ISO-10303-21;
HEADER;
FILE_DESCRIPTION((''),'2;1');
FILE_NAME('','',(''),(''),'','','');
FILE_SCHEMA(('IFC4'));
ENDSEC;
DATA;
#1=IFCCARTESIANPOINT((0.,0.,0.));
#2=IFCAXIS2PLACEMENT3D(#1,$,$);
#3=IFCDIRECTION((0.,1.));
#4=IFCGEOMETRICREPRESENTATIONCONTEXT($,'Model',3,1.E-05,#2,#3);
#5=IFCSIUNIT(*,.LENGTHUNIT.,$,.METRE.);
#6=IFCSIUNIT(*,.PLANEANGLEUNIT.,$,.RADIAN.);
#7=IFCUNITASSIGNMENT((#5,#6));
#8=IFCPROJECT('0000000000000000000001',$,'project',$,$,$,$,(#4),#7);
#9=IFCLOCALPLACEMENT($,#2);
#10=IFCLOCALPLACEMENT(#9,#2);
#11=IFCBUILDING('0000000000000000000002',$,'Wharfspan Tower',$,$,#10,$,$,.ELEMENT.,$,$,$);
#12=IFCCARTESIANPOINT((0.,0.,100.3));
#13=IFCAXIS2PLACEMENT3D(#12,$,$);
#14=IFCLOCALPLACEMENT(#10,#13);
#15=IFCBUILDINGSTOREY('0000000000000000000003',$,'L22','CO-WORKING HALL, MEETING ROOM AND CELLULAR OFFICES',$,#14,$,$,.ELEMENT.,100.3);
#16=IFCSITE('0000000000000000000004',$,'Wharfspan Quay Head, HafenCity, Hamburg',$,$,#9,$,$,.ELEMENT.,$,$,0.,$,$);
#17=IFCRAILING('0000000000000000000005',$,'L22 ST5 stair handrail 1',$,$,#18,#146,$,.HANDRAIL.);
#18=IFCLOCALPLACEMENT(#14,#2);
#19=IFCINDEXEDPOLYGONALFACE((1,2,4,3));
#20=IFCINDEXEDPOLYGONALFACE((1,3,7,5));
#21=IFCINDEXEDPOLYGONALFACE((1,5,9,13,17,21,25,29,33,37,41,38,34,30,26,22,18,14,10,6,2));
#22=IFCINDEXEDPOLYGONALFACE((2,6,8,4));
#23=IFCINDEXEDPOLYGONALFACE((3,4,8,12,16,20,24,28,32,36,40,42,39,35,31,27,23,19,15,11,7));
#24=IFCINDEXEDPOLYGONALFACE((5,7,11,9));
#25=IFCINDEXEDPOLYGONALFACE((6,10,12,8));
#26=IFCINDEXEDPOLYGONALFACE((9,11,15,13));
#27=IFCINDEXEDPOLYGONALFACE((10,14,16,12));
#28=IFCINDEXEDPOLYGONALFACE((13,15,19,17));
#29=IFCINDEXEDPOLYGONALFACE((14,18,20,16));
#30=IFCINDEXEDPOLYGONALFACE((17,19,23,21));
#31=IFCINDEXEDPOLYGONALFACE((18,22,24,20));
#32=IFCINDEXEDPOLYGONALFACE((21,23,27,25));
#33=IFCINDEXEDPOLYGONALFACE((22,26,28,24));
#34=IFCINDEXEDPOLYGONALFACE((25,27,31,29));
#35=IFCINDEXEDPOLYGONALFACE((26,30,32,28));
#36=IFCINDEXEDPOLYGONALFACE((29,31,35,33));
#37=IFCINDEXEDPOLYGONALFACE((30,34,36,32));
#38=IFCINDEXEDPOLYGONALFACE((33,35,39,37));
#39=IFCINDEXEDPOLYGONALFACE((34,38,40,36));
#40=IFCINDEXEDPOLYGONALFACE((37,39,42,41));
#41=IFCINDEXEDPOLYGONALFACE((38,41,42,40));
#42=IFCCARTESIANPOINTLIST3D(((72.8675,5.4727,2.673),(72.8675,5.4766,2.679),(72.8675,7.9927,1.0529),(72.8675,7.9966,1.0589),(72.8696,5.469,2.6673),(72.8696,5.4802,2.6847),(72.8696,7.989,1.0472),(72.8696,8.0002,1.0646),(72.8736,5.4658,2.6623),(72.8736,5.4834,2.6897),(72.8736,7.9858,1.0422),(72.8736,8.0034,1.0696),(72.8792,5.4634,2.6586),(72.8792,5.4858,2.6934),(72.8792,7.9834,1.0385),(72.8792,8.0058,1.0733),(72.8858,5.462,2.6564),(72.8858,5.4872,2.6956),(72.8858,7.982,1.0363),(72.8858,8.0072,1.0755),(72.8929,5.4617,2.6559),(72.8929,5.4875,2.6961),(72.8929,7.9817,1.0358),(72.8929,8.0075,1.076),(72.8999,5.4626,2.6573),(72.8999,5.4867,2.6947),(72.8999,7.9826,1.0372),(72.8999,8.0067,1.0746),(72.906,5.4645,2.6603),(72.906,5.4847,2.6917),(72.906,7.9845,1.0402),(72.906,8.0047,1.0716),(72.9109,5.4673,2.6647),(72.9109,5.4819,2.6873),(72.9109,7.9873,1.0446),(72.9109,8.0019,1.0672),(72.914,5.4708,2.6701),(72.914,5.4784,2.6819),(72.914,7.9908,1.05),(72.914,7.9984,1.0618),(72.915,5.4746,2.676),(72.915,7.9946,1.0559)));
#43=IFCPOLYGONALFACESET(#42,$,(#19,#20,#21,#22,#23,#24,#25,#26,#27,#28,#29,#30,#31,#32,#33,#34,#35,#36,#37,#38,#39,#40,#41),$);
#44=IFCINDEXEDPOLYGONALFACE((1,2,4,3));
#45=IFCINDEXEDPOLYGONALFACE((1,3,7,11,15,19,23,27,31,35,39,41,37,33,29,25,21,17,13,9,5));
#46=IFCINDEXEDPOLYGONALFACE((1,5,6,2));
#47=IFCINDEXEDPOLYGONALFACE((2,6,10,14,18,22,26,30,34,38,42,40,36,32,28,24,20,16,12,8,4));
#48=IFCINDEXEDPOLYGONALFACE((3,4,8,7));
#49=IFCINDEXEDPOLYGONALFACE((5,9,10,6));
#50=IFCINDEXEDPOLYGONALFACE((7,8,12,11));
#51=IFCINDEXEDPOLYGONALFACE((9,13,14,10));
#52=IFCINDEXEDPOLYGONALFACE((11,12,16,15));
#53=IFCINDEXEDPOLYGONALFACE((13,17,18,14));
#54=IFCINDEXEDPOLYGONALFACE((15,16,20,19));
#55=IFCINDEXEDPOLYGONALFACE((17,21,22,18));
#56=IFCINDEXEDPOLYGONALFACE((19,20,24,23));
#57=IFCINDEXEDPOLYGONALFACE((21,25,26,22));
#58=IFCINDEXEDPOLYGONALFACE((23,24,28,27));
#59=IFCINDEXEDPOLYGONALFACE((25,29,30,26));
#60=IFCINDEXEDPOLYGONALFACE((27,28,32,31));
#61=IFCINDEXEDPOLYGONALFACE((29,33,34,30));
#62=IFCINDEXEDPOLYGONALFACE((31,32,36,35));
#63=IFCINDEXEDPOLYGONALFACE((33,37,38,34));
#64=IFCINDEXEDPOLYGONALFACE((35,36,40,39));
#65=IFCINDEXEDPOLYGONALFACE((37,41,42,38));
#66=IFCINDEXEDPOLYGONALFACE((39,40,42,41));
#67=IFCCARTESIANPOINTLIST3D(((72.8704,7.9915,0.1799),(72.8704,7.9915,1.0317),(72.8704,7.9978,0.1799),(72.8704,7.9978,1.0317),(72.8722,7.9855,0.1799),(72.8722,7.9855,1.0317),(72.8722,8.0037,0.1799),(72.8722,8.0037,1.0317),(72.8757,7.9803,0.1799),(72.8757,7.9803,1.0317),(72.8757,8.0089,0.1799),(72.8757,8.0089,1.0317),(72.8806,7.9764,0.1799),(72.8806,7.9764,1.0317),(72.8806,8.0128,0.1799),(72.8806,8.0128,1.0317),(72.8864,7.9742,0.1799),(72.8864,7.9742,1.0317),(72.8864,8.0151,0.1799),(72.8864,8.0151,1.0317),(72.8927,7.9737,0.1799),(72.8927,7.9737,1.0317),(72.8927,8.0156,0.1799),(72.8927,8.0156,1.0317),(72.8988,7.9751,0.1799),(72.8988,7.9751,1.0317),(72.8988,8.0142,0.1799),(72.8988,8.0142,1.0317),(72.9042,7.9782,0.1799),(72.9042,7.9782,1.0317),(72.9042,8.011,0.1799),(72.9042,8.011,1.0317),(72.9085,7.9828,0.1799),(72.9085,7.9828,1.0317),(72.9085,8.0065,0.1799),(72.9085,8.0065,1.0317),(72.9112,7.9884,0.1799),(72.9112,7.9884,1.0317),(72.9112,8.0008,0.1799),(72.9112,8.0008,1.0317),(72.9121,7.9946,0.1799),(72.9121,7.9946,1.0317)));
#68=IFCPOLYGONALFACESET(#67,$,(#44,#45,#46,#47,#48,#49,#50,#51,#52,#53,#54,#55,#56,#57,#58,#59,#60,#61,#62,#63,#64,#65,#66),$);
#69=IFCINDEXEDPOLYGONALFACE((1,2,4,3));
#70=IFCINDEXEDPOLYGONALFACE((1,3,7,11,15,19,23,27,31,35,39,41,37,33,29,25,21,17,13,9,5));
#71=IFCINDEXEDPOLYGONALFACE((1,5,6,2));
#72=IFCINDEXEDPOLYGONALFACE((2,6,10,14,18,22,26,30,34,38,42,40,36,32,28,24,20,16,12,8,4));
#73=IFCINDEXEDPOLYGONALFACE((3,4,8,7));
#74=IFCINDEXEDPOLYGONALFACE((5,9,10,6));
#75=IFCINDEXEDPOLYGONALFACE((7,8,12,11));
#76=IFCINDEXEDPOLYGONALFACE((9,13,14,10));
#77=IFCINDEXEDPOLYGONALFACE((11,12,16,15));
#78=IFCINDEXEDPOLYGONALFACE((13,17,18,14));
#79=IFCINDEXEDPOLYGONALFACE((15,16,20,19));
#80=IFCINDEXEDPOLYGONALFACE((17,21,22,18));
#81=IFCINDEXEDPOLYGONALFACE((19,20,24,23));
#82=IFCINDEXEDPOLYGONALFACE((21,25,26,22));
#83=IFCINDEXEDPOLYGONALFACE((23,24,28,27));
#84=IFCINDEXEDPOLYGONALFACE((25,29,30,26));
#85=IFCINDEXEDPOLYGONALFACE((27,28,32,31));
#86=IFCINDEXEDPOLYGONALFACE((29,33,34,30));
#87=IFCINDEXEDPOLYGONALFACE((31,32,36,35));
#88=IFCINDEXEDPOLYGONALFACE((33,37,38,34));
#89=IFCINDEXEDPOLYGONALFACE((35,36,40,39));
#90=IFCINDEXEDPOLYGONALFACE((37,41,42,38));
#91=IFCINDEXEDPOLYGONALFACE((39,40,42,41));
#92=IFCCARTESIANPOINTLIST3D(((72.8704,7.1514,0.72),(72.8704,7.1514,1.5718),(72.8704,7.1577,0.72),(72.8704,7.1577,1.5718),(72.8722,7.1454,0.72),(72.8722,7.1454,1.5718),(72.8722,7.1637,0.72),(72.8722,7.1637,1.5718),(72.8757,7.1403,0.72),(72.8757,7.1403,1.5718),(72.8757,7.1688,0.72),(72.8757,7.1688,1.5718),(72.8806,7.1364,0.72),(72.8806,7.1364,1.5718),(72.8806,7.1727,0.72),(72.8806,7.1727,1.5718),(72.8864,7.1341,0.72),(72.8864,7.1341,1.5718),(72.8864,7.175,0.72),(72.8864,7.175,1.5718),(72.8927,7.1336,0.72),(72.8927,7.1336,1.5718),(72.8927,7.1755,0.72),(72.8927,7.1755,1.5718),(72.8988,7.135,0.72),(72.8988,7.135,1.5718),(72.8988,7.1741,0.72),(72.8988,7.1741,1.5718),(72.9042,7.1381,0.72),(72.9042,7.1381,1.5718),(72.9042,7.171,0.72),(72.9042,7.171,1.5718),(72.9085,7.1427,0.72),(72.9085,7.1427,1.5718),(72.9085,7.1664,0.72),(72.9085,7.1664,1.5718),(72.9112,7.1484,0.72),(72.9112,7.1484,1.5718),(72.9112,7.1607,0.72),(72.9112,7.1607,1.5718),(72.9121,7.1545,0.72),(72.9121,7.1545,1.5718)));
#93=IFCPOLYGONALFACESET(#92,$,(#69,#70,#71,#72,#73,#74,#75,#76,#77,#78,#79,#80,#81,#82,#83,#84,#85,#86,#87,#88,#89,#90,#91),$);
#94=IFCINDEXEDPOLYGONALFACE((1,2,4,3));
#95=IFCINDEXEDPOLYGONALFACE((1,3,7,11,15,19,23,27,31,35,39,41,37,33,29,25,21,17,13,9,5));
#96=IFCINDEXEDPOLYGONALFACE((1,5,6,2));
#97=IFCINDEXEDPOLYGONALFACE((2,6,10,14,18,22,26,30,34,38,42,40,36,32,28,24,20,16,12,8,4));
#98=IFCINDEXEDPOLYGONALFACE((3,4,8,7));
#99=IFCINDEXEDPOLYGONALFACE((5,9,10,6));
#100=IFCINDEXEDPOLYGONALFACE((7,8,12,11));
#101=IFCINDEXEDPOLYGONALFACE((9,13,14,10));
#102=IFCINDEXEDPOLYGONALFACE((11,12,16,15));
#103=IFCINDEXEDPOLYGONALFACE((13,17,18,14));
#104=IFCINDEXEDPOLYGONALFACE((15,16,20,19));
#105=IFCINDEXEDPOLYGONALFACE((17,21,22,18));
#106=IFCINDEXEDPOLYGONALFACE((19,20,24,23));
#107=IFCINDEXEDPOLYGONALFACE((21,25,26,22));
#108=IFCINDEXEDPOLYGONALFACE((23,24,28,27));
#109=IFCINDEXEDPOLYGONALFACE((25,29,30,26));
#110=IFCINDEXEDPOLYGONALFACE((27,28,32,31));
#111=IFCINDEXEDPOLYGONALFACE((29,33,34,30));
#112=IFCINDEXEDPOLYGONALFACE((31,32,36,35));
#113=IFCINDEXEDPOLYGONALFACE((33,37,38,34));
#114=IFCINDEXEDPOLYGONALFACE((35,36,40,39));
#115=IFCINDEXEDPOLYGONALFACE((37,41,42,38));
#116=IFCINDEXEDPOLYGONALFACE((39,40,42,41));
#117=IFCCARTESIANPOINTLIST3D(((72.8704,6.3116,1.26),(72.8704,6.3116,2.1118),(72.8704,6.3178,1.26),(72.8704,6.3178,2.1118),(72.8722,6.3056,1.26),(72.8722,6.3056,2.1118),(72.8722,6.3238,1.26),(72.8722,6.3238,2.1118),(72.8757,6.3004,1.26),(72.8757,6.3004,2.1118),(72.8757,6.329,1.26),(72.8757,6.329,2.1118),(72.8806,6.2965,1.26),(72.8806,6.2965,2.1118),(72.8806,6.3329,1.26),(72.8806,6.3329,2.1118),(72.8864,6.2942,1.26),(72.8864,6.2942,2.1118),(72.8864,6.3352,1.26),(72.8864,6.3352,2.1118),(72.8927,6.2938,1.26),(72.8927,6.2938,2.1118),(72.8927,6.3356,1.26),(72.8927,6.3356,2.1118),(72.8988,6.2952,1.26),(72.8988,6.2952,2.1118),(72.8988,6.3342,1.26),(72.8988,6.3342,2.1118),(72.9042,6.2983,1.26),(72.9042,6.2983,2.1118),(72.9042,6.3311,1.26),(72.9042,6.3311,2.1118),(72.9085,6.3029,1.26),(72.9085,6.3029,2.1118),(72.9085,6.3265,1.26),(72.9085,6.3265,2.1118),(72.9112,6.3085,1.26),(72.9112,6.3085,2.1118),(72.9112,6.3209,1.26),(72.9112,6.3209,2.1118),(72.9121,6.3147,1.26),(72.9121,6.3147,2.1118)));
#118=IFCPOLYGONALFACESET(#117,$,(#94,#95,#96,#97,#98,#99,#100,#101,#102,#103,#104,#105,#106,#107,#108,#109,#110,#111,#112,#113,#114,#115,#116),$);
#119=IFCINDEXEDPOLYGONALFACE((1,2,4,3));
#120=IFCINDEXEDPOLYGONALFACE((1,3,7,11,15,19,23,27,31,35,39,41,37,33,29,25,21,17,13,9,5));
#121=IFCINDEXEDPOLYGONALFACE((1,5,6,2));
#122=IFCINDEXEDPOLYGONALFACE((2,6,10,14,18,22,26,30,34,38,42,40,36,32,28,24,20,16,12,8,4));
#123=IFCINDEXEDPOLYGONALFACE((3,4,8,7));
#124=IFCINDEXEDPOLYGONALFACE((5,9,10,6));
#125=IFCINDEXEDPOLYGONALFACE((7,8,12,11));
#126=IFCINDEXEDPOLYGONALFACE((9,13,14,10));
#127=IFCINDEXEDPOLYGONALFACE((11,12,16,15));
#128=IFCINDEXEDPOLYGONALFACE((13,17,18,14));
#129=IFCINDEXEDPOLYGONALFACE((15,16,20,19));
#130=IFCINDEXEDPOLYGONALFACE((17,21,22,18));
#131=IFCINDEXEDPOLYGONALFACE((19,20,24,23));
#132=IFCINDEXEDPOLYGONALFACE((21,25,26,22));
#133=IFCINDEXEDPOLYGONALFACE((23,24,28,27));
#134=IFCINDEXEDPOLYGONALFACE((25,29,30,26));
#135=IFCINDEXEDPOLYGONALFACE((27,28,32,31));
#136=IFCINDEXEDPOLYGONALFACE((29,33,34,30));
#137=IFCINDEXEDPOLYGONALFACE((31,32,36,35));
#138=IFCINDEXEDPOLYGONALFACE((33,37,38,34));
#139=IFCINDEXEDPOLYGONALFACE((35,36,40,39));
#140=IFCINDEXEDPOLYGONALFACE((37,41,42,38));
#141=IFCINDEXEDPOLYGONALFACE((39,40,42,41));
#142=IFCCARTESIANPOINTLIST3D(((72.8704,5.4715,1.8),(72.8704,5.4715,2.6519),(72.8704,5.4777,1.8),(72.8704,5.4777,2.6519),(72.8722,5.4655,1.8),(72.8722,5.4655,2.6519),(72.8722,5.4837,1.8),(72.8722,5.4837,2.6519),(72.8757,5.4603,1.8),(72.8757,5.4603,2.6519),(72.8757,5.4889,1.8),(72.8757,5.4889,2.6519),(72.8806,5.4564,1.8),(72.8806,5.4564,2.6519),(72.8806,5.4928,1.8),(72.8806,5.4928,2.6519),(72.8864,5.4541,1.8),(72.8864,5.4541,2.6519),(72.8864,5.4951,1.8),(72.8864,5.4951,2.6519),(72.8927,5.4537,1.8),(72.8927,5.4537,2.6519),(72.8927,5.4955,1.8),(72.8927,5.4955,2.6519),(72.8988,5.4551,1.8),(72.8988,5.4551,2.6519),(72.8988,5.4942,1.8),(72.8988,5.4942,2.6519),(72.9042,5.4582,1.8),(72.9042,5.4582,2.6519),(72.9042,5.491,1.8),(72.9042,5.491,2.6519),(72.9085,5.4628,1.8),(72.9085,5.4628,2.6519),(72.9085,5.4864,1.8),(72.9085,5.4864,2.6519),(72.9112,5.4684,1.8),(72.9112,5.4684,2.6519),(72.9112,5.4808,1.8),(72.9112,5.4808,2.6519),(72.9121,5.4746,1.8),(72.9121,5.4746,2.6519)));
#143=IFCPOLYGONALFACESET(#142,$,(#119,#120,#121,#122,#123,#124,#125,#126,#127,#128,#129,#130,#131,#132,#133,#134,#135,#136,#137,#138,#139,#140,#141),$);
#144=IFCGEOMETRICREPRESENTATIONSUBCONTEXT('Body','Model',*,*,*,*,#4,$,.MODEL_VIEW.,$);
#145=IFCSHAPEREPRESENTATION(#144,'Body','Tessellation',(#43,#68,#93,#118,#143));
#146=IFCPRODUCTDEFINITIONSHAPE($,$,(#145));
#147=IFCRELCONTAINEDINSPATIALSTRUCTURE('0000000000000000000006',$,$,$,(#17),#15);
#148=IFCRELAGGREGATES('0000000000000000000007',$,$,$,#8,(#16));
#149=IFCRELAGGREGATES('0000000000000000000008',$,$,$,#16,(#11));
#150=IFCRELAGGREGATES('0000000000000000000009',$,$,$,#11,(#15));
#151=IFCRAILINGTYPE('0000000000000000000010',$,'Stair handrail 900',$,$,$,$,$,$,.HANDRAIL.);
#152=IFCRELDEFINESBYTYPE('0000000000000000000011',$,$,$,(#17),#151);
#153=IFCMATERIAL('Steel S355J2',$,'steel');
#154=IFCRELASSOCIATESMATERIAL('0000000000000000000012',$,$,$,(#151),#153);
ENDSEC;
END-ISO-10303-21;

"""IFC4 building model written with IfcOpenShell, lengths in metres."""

from ifc_helpers import new_model, si_unit, direction, frame, origin, origin_2d, place, context, subcontext, project, spatial, circle, extrude, material, type_object, element, save


model = new_model("IFC4")

# Units and contexts
model_context = context("Model", 3, precision=1e-05, world=origin(), true_north=direction((0.0, 1.0)))
body_context = subcontext(model_context, "Body", "Model", "MODEL_VIEW")
ifc_project = project(units=[si_unit("LENGTHUNIT", "METRE"), si_unit("PLANEANGLEUNIT", "RADIAN")], contexts=[model_context])

# Site, building, storey
site_placement = place(None, origin())
site = spatial("IfcSite", under=ifc_project, at=site_placement, Name="Wharfspan Quay Head, HafenCity, Hamburg", CompositionType="ELEMENT", RefElevation=0.0)
building_placement = place(site_placement, origin())
building = spatial("IfcBuilding", under=site, at=building_placement, Name="Wharfspan Tower", CompositionType="ELEMENT")
storey_placement = place(building_placement, frame((0.0, 0.0, 100.3)))
storey = spatial("IfcBuildingStorey", under=building, at=storey_placement, Name="L22", Description="CO-WORKING HALL, MEETING ROOM AND CELLULAR OFFICES", CompositionType="ELEMENT", Elevation=100.3)

# Shared definitions
ifc_material_1 = material(Name="Steel S355J2", Category="steel")

# Railing
railing_type_1 = type_object("IfcRailingType", Name="Stair handrail 900", PredefinedType="HANDRAIL", material=ifc_material_1)
railing_1_placement = place(storey_placement, frame((72.8911, 7.9946, 0.1799)))
element("IfcRailing", 1, at=railing_1_placement, inside=storey, type_object=railing_type_1, Name="L22 ST5 stair handrail 1", PredefinedType="HANDRAIL", context=body_context, shape_type="SweptSolid", body=[
    extrude(circle(Radius=0.0239, at=origin_2d()), frame((0.0, 0.0, 0.876), z_axis=(0.0, -0.841163, 0.540782), x_axis=(1.0, 0.0, 0.0)), (0.0, 0.0, 1.0), 2.9958),
    extrude(circle(Radius=0.021, at=origin_2d()), origin(), (0.0, 0.0, 1.0), 0.8518),
    extrude(circle(Radius=0.021, at=origin_2d()), frame((0.0, -0.8401, 0.54)), (0.0, 0.0, 1.0), 0.8518),
    extrude(circle(Radius=0.021, at=origin_2d()), frame((0.0, -1.6799, 1.0801)), (0.0, 0.0, 1.0), 0.8518),
    extrude(circle(Radius=0.021, at=origin_2d()), frame((0.0, -2.52, 1.6201)), (0.0, 0.0, 1.0), 0.8518),
])

save(model, "model.ifc")
